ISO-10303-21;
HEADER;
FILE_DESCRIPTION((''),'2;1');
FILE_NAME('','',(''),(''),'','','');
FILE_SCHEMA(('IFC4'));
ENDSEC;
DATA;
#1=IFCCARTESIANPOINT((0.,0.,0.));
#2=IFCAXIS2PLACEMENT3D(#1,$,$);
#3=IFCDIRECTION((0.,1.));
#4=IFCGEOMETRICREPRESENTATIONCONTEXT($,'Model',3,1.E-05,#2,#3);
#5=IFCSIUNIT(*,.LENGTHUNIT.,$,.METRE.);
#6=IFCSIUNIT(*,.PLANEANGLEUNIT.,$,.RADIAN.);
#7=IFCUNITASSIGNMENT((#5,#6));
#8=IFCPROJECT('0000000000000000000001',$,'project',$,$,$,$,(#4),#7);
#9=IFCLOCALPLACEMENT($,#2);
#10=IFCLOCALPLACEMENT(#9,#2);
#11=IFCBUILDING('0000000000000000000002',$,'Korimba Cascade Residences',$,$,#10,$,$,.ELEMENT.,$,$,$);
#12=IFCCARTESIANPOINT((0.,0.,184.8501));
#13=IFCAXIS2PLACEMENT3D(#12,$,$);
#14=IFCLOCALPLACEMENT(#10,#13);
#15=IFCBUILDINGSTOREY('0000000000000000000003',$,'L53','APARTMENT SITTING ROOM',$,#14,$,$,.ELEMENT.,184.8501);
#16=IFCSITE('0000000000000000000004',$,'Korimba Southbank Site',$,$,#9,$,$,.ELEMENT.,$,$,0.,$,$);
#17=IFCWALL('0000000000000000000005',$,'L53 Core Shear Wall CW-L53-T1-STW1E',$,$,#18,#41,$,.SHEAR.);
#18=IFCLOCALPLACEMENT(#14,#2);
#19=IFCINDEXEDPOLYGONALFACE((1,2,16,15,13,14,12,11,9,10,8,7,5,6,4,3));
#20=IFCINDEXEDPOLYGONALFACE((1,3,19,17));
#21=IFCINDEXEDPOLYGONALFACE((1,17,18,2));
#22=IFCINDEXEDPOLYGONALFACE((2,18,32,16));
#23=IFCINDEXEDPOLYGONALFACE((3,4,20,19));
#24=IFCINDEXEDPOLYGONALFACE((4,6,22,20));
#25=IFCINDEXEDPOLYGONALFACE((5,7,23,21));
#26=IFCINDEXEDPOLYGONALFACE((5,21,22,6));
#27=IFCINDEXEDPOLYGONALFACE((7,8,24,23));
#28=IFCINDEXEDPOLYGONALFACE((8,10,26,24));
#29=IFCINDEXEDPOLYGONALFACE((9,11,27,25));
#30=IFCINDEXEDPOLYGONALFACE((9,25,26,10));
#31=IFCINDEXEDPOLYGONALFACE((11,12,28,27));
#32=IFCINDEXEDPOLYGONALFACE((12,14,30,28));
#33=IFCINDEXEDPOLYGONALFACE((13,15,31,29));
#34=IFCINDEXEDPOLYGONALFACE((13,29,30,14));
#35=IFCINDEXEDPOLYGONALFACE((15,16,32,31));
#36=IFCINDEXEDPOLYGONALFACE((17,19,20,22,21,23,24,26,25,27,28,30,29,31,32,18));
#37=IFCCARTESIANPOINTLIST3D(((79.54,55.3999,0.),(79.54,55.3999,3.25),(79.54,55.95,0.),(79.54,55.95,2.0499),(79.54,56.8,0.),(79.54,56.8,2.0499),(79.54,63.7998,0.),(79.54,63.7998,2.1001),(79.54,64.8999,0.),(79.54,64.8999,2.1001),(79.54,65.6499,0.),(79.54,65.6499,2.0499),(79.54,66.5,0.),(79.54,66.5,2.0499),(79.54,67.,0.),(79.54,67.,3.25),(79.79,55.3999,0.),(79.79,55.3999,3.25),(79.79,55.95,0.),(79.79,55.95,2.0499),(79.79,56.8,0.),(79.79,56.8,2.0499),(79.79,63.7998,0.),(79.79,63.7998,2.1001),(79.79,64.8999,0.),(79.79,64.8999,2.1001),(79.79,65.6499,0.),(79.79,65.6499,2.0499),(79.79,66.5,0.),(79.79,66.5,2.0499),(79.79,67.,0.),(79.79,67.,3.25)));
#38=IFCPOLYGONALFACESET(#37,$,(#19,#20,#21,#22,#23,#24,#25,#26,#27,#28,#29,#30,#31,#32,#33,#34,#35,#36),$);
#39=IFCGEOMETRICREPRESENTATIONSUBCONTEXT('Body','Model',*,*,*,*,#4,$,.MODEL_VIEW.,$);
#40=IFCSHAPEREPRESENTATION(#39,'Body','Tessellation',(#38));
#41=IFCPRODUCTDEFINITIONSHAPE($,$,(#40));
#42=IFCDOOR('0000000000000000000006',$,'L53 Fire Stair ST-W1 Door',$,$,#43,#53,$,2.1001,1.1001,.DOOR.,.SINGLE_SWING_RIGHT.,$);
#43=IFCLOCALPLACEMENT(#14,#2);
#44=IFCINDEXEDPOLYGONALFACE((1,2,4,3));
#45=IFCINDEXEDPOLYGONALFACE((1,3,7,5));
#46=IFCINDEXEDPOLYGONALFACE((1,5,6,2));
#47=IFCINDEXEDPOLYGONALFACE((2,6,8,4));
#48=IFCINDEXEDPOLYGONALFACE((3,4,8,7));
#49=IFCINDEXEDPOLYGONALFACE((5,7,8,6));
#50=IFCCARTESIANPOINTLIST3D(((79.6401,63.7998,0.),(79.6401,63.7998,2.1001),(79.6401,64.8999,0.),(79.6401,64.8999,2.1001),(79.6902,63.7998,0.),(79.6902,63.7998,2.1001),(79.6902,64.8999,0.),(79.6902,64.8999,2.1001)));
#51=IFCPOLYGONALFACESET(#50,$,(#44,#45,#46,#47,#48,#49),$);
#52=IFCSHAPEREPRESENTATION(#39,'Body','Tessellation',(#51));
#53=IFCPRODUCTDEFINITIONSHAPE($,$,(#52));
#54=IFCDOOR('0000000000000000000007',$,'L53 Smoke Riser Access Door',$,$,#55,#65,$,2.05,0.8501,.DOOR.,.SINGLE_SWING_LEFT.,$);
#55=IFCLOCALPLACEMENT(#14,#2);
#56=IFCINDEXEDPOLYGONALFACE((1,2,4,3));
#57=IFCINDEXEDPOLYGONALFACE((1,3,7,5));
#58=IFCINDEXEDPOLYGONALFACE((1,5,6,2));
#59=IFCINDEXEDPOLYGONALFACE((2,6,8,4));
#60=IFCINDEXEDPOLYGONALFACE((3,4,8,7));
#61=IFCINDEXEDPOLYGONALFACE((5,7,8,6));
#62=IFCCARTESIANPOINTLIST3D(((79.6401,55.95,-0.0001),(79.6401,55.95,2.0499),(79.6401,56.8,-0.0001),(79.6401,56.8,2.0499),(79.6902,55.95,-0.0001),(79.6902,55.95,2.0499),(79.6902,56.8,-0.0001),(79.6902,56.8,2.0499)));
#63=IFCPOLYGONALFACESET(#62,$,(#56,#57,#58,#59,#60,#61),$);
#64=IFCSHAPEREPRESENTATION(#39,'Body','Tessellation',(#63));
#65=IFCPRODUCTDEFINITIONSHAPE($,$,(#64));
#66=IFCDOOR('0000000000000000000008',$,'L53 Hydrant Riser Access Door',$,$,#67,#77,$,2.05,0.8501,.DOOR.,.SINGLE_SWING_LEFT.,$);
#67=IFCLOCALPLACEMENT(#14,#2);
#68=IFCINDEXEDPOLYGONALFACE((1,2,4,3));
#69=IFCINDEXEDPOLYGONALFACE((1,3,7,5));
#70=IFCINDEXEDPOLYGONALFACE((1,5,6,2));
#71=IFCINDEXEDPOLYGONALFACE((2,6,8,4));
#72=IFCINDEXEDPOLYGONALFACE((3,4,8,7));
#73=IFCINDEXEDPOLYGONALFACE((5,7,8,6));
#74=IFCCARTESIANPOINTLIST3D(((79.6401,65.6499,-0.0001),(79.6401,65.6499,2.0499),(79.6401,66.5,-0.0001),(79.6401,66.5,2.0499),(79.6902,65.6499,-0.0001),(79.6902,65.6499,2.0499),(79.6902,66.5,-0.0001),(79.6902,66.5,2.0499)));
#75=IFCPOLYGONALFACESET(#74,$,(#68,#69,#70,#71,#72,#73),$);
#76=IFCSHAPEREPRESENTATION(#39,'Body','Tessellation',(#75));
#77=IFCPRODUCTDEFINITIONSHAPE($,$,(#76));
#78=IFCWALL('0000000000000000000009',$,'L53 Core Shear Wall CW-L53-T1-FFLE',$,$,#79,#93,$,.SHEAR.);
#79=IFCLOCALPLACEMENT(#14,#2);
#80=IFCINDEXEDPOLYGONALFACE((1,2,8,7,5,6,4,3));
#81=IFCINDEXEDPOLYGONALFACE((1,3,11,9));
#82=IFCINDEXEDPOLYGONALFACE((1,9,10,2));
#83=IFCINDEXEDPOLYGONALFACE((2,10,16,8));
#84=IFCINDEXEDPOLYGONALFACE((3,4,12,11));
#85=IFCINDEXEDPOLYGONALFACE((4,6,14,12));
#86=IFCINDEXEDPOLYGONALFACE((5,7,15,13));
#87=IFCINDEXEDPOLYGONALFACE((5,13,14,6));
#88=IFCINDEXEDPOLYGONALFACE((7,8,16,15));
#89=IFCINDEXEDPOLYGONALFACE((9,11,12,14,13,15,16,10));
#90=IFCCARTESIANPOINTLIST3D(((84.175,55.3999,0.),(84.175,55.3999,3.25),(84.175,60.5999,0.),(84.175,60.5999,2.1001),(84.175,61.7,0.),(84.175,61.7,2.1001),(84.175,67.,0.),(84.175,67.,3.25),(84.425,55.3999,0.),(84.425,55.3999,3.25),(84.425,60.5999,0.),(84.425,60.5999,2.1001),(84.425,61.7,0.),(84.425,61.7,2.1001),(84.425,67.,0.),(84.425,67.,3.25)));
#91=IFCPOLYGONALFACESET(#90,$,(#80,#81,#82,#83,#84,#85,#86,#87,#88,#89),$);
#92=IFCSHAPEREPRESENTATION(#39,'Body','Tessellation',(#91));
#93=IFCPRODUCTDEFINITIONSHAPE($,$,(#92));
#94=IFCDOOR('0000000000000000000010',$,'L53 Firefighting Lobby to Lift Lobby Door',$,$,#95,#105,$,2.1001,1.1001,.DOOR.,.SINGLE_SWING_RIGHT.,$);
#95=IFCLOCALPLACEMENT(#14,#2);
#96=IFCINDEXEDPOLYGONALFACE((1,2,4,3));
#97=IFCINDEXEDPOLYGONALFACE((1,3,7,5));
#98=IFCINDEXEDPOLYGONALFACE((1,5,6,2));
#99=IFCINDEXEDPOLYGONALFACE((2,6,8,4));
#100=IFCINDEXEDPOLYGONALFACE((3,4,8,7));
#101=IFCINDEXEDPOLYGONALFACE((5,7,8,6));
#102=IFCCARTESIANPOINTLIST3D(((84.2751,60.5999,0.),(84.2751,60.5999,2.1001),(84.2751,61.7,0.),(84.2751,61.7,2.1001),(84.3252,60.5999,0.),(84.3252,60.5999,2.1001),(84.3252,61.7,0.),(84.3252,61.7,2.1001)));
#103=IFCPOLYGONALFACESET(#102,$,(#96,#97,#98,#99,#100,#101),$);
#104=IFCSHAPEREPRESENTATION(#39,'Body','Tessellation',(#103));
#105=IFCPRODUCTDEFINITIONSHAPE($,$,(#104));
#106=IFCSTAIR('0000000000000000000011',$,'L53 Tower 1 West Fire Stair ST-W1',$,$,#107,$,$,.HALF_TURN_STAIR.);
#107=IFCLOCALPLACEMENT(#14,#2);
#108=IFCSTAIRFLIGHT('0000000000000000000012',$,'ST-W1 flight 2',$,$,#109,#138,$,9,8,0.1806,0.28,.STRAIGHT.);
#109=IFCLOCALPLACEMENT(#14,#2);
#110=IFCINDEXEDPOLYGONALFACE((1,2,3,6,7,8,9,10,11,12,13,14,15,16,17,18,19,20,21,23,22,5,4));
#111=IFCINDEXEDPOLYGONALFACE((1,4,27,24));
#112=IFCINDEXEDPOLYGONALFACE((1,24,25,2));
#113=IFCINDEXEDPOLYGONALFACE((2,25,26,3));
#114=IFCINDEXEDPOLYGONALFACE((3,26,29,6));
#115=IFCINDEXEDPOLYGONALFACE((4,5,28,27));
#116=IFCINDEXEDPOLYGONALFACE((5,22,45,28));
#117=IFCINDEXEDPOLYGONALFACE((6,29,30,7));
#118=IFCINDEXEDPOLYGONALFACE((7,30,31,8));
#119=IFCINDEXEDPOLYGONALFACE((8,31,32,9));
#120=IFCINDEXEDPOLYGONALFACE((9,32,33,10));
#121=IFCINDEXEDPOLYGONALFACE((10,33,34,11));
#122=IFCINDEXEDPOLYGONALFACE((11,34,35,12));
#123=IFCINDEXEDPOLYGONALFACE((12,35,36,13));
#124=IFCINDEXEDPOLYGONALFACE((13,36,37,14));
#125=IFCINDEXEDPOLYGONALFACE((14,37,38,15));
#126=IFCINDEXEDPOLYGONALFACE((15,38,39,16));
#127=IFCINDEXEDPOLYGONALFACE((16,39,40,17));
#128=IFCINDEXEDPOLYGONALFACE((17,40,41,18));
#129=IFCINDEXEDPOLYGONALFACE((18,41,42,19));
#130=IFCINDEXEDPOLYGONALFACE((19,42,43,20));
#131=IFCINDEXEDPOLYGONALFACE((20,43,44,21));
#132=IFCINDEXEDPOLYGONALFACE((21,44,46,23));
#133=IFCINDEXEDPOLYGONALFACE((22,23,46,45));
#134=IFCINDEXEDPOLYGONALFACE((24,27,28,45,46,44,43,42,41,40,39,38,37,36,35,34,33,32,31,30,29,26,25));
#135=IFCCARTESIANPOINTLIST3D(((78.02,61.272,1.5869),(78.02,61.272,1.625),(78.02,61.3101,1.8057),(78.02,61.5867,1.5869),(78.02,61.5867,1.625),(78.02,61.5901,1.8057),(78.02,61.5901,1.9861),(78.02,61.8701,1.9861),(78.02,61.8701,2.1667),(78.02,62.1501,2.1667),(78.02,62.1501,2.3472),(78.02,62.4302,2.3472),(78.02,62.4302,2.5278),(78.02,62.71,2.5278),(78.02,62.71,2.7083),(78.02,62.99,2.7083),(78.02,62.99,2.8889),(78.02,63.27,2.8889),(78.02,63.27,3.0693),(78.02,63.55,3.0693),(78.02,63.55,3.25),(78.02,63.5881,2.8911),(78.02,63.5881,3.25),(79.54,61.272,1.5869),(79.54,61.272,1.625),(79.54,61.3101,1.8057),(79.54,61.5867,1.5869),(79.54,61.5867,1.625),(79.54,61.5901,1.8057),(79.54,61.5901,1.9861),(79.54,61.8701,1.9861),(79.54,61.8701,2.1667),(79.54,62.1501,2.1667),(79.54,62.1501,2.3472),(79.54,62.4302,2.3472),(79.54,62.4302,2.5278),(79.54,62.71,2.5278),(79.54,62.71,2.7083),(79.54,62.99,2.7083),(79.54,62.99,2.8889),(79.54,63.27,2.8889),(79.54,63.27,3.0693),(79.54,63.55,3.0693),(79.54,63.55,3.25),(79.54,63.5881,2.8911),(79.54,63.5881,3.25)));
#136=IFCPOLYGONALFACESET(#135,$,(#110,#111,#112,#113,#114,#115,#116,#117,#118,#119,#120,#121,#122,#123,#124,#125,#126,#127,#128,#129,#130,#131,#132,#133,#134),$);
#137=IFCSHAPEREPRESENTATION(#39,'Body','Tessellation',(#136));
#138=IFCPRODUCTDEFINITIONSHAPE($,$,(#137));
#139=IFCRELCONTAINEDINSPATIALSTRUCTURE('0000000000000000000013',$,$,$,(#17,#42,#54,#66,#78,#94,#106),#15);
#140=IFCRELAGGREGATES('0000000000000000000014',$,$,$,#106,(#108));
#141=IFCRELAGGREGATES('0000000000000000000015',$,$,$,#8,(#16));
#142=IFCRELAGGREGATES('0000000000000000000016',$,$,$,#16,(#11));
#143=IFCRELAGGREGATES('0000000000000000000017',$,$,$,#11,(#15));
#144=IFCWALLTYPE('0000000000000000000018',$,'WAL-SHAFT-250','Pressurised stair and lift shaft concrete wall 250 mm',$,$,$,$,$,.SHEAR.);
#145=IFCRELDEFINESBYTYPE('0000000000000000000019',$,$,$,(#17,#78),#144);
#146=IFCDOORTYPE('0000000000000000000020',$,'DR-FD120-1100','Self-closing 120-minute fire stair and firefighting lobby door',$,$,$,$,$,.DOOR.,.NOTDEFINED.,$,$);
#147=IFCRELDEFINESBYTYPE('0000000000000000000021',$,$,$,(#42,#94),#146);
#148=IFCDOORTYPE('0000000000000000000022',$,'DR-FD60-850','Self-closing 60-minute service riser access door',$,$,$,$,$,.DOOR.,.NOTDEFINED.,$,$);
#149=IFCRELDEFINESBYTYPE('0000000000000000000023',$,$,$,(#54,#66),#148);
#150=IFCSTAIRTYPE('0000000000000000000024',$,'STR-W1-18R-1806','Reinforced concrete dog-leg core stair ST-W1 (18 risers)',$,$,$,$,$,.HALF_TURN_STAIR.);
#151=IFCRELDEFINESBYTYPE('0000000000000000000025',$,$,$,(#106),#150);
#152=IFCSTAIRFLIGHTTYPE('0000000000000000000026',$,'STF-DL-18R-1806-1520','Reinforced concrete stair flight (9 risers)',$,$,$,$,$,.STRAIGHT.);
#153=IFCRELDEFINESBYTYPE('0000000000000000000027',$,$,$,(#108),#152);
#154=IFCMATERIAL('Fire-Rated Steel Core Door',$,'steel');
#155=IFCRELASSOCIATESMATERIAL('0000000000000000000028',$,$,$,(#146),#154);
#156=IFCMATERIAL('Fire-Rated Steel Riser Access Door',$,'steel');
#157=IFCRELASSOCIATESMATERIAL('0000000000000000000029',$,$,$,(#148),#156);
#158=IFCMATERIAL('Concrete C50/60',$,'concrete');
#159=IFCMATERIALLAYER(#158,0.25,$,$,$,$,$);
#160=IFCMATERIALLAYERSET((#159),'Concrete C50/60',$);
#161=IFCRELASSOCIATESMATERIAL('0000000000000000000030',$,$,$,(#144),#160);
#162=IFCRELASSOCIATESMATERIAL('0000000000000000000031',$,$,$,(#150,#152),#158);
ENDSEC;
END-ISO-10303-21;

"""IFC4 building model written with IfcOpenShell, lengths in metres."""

from ifc_helpers import new_model, si_unit, direction, frame, frame_2d, origin, place, context, subcontext, project, spatial, polyline, rectangle, outline, extrude, material, layer, layer_set, type_object, element, fill, aggregate, save


model = new_model("IFC4")

# Units and contexts
model_context = context("Model", 3, precision=1e-05, world=origin(), true_north=direction((0.0, 1.0)))
body_context = subcontext(model_context, "Body", "Model", "MODEL_VIEW")
ifc_project = project(units=[si_unit("LENGTHUNIT", "METRE"), si_unit("PLANEANGLEUNIT", "RADIAN")], contexts=[model_context])

# Site, building, storey
site_placement = place(None, origin())
site = spatial("IfcSite", under=ifc_project, at=site_placement, Name="Korimba Southbank Site", CompositionType="ELEMENT", RefElevation=0.0)
building_placement = place(site_placement, origin())
building = spatial("IfcBuilding", under=site, at=building_placement, Name="Korimba Cascade Residences", CompositionType="ELEMENT")
storey_placement = place(building_placement, frame((0.0, 0.0, 184.8501)))
storey = spatial("IfcBuildingStorey", under=building, at=storey_placement, Name="L53", Description="APARTMENT SITTING ROOM", CompositionType="ELEMENT", Elevation=184.8501)

# Shared definitions
ifc_material_1 = material(Name="Fire-Rated Steel Core Door", Category="steel")
door_type_1 = type_object("IfcDoorType", Name="DR-FD120-1100", Description="Self-closing 120-minute fire stair and firefighting lobby door", OperationType="NOTDEFINED", PredefinedType="DOOR", material=ifc_material_1)

# Wall, openings, doors
ifc_material_2 = material(Name="Fire-Rated Steel Riser Access Door", Category="steel")
door_type_2 = type_object("IfcDoorType", Name="DR-FD60-850", Description="Self-closing 60-minute service riser access door", OperationType="NOTDEFINED", PredefinedType="DOOR", material=ifc_material_2)
ifc_material_3 = material(Name="Concrete C50/60", Category="concrete")
ifc_layer_1 = layer(ifc_material_3, 0.25)
ifc_layer_set_1 = layer_set([ifc_layer_1], Name="Concrete C50/60")
wall_type_1 = type_object("IfcWallType", Name="WAL-SHAFT-250", Description="Pressurised stair and lift shaft concrete wall 250 mm", PredefinedType="SHEAR", material=ifc_layer_set_1)
wall_1_placement = place(storey_placement, frame((79.665, 55.3999, 0.0), z_axis=(0.0, 0.0, 1.0), x_axis=(0.0, 1.0, 0.0)))
wall_1 = element("IfcWall", 1, at=wall_1_placement, inside=storey, type_object=wall_type_1, Name="L53 Core Shear Wall CW-L53-T1-STW1E", PredefinedType="SHEAR", context=body_context, shape_type="SweptSolid", body=[
    extrude(rectangle(XDim=11.6001, YDim=0.25, at=frame_2d((5.8, 0.0))), origin(), (0.0, 0.0, 1.0), 3.25),
])
opening_1_placement = place(wall_1_placement, frame((0.55, 0.0, 0.0)))
opening_1 = element("IfcOpeningElement", 2, at=opening_1_placement, cuts=wall_1, PredefinedType="OPENING", context=body_context, shape_type="SweptSolid", body=[
    extrude(rectangle(XDim=0.8501, YDim=2.05, at=frame_2d((0.425, 1.0249))), frame((0.0, 0.135, 0.0), z_axis=(0.0, -1.0, 0.0), x_axis=(1.0, 0.0, 0.0)), (0.0, 0.0, 1.0), 0.27),
])
opening_2_placement = place(wall_1_placement, frame((8.3999, 0.0, 0.0)))
opening_2 = element("IfcOpeningElement", 3, at=opening_2_placement, cuts=wall_1, PredefinedType="OPENING", context=body_context, shape_type="SweptSolid", body=[
    extrude(rectangle(XDim=1.1001, YDim=2.1001, at=frame_2d((0.55, 1.05))), frame((0.0, 0.135, 0.0), z_axis=(0.0, -1.0, 0.0), x_axis=(1.0, 0.0, 0.0)), (0.0, 0.0, 1.0), 0.27),
])
opening_3_placement = place(wall_1_placement, frame((10.25, 0.0, 0.0)))
opening_3 = element("IfcOpeningElement", 4, at=opening_3_placement, cuts=wall_1, PredefinedType="OPENING", context=body_context, shape_type="SweptSolid", body=[
    extrude(rectangle(XDim=0.8501, YDim=2.05, at=frame_2d((0.425, 1.0249))), frame((0.0, 0.135, 0.0), z_axis=(0.0, -1.0, 0.0), x_axis=(1.0, 0.0, 0.0)), (0.0, 0.0, 1.0), 0.27),
])
door_1_placement = place(opening_2_placement, origin())
door_1 = element("IfcDoor", 5, at=door_1_placement, inside=storey, type_object=door_type_1, Name="L53 Fire Stair ST-W1 Door", OperationType="SINGLE_SWING_RIGHT", OverallHeight=2.1001, OverallWidth=1.1001, PredefinedType="DOOR", context=body_context, shape_type="SweptSolid", body=[
    extrude(rectangle(XDim=1.1001, YDim=2.1001, at=frame_2d((0.55, 1.05))), frame((0.0, 0.0249, 0.0), z_axis=(0.0, -1.0, 0.0), x_axis=(1.0, 0.0, 0.0)), (0.0, 0.0, 1.0), 0.05),
])
fill(opening_2, door_1)
door_2_placement = place(opening_1_placement, origin())
door_2 = element("IfcDoor", 6, at=door_2_placement, inside=storey, type_object=door_type_2, Name="L53 Smoke Riser Access Door", OperationType="SINGLE_SWING_LEFT", OverallHeight=2.05, OverallWidth=0.8501, PredefinedType="DOOR", context=body_context, shape_type="SweptSolid", body=[
    extrude(rectangle(XDim=0.8501, YDim=2.05, at=frame_2d((0.425, 1.0249))), frame((0.0, 0.0249, 0.0), z_axis=(0.0, -1.0, 0.0), x_axis=(1.0, 0.0, 0.0)), (0.0, 0.0, 1.0), 0.05),
])
fill(opening_1, door_2)
door_3_placement = place(opening_3_placement, origin())
door_3 = element("IfcDoor", 7, at=door_3_placement, inside=storey, type_object=door_type_2, Name="L53 Hydrant Riser Access Door", OperationType="SINGLE_SWING_LEFT", OverallHeight=2.05, OverallWidth=0.8501, PredefinedType="DOOR", context=body_context, shape_type="SweptSolid", body=[
    extrude(rectangle(XDim=0.8501, YDim=2.05, at=frame_2d((0.425, 1.0249))), frame((0.0, 0.0249, 0.0), z_axis=(0.0, -1.0, 0.0), x_axis=(1.0, 0.0, 0.0)), (0.0, 0.0, 1.0), 0.05),
])
fill(opening_3, door_3)

# Wall, opening, door
wall_2_placement = place(storey_placement, frame((84.3, 55.3999, 0.0), z_axis=(0.0, 0.0, 1.0), x_axis=(0.0, 1.0, 0.0)))
wall_2 = element("IfcWall", 8, at=wall_2_placement, inside=storey, type_object=wall_type_1, Name="L53 Core Shear Wall CW-L53-T1-FFLE", PredefinedType="SHEAR", context=body_context, shape_type="SweptSolid", body=[
    extrude(rectangle(XDim=11.6001, YDim=0.25, at=frame_2d((5.8, 0.0))), origin(), (0.0, 0.0, 1.0), 3.25),
])
opening_4_placement = place(wall_2_placement, frame((5.2, 0.0, 0.0)))
opening_4 = element("IfcOpeningElement", 9, at=opening_4_placement, cuts=wall_2, PredefinedType="OPENING", context=body_context, shape_type="SweptSolid", body=[
    extrude(rectangle(XDim=1.1001, YDim=2.1001, at=frame_2d((0.55, 1.05))), frame((0.0, 0.135, 0.0), z_axis=(0.0, -1.0, 0.0), x_axis=(1.0, 0.0, 0.0)), (0.0, 0.0, 1.0), 0.27),
])
door_4_placement = place(opening_4_placement, origin())
door_4 = element("IfcDoor", 10, at=door_4_placement, inside=storey, type_object=door_type_1, Name="L53 Firefighting Lobby to Lift Lobby Door", OperationType="SINGLE_SWING_RIGHT", OverallHeight=2.1001, OverallWidth=1.1001, PredefinedType="DOOR", context=body_context, shape_type="SweptSolid", body=[
    extrude(rectangle(XDim=1.1001, YDim=2.1001, at=frame_2d((0.55, 1.05))), frame((0.0, 0.0249, 0.0), z_axis=(0.0, -1.0, 0.0), x_axis=(1.0, 0.0, 0.0)), (0.0, 0.0, 1.0), 0.05),
])
fill(opening_4, door_4)

# Stair, stair flight
stair_type = type_object("IfcStairType", Name="STR-W1-18R-1806", Description="Reinforced concrete dog-leg core stair ST-W1 (18 risers)", PredefinedType="HALF_TURN_STAIR", material=ifc_material_3)
stair_placement = place(storey_placement, origin())
stair = element("IfcStair", 11, at=stair_placement, inside=storey, type_object=stair_type, Name="L53 Tower 1 West Fire Stair ST-W1", PredefinedType="HALF_TURN_STAIR")
stair_flight_type = type_object("IfcStairFlightType", Name="STF-DL-18R-1806-1520", Description="Reinforced concrete stair flight (9 risers)", PredefinedType="STRAIGHT", material=ifc_material_3)
stair_flight_placement = place(storey_placement, frame((78.78, 61.3101, 1.625), z_axis=(0.0, 0.0, 1.0), x_axis=(0.0, 1.0, 0.0)))
stair_flight = element("IfcStairFlight", 12, at=stair_flight_placement, type_object=stair_flight_type, Name="ST-W1 flight 2", NumberOfRisers=9, NumberOfTreads=8, PredefinedType="STRAIGHT", RiserHeight=0.1806, TreadLength=0.28, context=body_context, shape_type="SweptSolid", body=[
    extrude(outline(polyline([(-0.0381, 0.0), (0.0, 0.1807), (0.28, 0.1807), (0.28, 0.3611), (0.5601, 0.3611), (0.5601, 0.5417), (0.8401, 0.5417), (0.8401, 0.7222), (1.1201, 0.7222), (1.1201, 0.9028), (1.3999, 0.9028), (1.3999, 1.0833), (1.6799, 1.0833), (1.6799, 1.2639), (1.96, 1.2639), (1.96, 1.4443), (2.24, 1.4443), (2.24, 1.625), (2.2781, 1.625), (2.2781, 1.2661), (0.2766, 0.0), (0.2766, -0.0381), (-0.0381, -0.0381), (-0.0381, 0.0)])), frame((0.0, 0.76, 0.0), z_axis=(0.0, -1.0, 0.0), x_axis=(1.0, 0.0, 0.0)), (0.0, 0.0, 1.0), 1.52),
])
aggregate(stair, [stair_flight])

save(model, "model.ifc")
